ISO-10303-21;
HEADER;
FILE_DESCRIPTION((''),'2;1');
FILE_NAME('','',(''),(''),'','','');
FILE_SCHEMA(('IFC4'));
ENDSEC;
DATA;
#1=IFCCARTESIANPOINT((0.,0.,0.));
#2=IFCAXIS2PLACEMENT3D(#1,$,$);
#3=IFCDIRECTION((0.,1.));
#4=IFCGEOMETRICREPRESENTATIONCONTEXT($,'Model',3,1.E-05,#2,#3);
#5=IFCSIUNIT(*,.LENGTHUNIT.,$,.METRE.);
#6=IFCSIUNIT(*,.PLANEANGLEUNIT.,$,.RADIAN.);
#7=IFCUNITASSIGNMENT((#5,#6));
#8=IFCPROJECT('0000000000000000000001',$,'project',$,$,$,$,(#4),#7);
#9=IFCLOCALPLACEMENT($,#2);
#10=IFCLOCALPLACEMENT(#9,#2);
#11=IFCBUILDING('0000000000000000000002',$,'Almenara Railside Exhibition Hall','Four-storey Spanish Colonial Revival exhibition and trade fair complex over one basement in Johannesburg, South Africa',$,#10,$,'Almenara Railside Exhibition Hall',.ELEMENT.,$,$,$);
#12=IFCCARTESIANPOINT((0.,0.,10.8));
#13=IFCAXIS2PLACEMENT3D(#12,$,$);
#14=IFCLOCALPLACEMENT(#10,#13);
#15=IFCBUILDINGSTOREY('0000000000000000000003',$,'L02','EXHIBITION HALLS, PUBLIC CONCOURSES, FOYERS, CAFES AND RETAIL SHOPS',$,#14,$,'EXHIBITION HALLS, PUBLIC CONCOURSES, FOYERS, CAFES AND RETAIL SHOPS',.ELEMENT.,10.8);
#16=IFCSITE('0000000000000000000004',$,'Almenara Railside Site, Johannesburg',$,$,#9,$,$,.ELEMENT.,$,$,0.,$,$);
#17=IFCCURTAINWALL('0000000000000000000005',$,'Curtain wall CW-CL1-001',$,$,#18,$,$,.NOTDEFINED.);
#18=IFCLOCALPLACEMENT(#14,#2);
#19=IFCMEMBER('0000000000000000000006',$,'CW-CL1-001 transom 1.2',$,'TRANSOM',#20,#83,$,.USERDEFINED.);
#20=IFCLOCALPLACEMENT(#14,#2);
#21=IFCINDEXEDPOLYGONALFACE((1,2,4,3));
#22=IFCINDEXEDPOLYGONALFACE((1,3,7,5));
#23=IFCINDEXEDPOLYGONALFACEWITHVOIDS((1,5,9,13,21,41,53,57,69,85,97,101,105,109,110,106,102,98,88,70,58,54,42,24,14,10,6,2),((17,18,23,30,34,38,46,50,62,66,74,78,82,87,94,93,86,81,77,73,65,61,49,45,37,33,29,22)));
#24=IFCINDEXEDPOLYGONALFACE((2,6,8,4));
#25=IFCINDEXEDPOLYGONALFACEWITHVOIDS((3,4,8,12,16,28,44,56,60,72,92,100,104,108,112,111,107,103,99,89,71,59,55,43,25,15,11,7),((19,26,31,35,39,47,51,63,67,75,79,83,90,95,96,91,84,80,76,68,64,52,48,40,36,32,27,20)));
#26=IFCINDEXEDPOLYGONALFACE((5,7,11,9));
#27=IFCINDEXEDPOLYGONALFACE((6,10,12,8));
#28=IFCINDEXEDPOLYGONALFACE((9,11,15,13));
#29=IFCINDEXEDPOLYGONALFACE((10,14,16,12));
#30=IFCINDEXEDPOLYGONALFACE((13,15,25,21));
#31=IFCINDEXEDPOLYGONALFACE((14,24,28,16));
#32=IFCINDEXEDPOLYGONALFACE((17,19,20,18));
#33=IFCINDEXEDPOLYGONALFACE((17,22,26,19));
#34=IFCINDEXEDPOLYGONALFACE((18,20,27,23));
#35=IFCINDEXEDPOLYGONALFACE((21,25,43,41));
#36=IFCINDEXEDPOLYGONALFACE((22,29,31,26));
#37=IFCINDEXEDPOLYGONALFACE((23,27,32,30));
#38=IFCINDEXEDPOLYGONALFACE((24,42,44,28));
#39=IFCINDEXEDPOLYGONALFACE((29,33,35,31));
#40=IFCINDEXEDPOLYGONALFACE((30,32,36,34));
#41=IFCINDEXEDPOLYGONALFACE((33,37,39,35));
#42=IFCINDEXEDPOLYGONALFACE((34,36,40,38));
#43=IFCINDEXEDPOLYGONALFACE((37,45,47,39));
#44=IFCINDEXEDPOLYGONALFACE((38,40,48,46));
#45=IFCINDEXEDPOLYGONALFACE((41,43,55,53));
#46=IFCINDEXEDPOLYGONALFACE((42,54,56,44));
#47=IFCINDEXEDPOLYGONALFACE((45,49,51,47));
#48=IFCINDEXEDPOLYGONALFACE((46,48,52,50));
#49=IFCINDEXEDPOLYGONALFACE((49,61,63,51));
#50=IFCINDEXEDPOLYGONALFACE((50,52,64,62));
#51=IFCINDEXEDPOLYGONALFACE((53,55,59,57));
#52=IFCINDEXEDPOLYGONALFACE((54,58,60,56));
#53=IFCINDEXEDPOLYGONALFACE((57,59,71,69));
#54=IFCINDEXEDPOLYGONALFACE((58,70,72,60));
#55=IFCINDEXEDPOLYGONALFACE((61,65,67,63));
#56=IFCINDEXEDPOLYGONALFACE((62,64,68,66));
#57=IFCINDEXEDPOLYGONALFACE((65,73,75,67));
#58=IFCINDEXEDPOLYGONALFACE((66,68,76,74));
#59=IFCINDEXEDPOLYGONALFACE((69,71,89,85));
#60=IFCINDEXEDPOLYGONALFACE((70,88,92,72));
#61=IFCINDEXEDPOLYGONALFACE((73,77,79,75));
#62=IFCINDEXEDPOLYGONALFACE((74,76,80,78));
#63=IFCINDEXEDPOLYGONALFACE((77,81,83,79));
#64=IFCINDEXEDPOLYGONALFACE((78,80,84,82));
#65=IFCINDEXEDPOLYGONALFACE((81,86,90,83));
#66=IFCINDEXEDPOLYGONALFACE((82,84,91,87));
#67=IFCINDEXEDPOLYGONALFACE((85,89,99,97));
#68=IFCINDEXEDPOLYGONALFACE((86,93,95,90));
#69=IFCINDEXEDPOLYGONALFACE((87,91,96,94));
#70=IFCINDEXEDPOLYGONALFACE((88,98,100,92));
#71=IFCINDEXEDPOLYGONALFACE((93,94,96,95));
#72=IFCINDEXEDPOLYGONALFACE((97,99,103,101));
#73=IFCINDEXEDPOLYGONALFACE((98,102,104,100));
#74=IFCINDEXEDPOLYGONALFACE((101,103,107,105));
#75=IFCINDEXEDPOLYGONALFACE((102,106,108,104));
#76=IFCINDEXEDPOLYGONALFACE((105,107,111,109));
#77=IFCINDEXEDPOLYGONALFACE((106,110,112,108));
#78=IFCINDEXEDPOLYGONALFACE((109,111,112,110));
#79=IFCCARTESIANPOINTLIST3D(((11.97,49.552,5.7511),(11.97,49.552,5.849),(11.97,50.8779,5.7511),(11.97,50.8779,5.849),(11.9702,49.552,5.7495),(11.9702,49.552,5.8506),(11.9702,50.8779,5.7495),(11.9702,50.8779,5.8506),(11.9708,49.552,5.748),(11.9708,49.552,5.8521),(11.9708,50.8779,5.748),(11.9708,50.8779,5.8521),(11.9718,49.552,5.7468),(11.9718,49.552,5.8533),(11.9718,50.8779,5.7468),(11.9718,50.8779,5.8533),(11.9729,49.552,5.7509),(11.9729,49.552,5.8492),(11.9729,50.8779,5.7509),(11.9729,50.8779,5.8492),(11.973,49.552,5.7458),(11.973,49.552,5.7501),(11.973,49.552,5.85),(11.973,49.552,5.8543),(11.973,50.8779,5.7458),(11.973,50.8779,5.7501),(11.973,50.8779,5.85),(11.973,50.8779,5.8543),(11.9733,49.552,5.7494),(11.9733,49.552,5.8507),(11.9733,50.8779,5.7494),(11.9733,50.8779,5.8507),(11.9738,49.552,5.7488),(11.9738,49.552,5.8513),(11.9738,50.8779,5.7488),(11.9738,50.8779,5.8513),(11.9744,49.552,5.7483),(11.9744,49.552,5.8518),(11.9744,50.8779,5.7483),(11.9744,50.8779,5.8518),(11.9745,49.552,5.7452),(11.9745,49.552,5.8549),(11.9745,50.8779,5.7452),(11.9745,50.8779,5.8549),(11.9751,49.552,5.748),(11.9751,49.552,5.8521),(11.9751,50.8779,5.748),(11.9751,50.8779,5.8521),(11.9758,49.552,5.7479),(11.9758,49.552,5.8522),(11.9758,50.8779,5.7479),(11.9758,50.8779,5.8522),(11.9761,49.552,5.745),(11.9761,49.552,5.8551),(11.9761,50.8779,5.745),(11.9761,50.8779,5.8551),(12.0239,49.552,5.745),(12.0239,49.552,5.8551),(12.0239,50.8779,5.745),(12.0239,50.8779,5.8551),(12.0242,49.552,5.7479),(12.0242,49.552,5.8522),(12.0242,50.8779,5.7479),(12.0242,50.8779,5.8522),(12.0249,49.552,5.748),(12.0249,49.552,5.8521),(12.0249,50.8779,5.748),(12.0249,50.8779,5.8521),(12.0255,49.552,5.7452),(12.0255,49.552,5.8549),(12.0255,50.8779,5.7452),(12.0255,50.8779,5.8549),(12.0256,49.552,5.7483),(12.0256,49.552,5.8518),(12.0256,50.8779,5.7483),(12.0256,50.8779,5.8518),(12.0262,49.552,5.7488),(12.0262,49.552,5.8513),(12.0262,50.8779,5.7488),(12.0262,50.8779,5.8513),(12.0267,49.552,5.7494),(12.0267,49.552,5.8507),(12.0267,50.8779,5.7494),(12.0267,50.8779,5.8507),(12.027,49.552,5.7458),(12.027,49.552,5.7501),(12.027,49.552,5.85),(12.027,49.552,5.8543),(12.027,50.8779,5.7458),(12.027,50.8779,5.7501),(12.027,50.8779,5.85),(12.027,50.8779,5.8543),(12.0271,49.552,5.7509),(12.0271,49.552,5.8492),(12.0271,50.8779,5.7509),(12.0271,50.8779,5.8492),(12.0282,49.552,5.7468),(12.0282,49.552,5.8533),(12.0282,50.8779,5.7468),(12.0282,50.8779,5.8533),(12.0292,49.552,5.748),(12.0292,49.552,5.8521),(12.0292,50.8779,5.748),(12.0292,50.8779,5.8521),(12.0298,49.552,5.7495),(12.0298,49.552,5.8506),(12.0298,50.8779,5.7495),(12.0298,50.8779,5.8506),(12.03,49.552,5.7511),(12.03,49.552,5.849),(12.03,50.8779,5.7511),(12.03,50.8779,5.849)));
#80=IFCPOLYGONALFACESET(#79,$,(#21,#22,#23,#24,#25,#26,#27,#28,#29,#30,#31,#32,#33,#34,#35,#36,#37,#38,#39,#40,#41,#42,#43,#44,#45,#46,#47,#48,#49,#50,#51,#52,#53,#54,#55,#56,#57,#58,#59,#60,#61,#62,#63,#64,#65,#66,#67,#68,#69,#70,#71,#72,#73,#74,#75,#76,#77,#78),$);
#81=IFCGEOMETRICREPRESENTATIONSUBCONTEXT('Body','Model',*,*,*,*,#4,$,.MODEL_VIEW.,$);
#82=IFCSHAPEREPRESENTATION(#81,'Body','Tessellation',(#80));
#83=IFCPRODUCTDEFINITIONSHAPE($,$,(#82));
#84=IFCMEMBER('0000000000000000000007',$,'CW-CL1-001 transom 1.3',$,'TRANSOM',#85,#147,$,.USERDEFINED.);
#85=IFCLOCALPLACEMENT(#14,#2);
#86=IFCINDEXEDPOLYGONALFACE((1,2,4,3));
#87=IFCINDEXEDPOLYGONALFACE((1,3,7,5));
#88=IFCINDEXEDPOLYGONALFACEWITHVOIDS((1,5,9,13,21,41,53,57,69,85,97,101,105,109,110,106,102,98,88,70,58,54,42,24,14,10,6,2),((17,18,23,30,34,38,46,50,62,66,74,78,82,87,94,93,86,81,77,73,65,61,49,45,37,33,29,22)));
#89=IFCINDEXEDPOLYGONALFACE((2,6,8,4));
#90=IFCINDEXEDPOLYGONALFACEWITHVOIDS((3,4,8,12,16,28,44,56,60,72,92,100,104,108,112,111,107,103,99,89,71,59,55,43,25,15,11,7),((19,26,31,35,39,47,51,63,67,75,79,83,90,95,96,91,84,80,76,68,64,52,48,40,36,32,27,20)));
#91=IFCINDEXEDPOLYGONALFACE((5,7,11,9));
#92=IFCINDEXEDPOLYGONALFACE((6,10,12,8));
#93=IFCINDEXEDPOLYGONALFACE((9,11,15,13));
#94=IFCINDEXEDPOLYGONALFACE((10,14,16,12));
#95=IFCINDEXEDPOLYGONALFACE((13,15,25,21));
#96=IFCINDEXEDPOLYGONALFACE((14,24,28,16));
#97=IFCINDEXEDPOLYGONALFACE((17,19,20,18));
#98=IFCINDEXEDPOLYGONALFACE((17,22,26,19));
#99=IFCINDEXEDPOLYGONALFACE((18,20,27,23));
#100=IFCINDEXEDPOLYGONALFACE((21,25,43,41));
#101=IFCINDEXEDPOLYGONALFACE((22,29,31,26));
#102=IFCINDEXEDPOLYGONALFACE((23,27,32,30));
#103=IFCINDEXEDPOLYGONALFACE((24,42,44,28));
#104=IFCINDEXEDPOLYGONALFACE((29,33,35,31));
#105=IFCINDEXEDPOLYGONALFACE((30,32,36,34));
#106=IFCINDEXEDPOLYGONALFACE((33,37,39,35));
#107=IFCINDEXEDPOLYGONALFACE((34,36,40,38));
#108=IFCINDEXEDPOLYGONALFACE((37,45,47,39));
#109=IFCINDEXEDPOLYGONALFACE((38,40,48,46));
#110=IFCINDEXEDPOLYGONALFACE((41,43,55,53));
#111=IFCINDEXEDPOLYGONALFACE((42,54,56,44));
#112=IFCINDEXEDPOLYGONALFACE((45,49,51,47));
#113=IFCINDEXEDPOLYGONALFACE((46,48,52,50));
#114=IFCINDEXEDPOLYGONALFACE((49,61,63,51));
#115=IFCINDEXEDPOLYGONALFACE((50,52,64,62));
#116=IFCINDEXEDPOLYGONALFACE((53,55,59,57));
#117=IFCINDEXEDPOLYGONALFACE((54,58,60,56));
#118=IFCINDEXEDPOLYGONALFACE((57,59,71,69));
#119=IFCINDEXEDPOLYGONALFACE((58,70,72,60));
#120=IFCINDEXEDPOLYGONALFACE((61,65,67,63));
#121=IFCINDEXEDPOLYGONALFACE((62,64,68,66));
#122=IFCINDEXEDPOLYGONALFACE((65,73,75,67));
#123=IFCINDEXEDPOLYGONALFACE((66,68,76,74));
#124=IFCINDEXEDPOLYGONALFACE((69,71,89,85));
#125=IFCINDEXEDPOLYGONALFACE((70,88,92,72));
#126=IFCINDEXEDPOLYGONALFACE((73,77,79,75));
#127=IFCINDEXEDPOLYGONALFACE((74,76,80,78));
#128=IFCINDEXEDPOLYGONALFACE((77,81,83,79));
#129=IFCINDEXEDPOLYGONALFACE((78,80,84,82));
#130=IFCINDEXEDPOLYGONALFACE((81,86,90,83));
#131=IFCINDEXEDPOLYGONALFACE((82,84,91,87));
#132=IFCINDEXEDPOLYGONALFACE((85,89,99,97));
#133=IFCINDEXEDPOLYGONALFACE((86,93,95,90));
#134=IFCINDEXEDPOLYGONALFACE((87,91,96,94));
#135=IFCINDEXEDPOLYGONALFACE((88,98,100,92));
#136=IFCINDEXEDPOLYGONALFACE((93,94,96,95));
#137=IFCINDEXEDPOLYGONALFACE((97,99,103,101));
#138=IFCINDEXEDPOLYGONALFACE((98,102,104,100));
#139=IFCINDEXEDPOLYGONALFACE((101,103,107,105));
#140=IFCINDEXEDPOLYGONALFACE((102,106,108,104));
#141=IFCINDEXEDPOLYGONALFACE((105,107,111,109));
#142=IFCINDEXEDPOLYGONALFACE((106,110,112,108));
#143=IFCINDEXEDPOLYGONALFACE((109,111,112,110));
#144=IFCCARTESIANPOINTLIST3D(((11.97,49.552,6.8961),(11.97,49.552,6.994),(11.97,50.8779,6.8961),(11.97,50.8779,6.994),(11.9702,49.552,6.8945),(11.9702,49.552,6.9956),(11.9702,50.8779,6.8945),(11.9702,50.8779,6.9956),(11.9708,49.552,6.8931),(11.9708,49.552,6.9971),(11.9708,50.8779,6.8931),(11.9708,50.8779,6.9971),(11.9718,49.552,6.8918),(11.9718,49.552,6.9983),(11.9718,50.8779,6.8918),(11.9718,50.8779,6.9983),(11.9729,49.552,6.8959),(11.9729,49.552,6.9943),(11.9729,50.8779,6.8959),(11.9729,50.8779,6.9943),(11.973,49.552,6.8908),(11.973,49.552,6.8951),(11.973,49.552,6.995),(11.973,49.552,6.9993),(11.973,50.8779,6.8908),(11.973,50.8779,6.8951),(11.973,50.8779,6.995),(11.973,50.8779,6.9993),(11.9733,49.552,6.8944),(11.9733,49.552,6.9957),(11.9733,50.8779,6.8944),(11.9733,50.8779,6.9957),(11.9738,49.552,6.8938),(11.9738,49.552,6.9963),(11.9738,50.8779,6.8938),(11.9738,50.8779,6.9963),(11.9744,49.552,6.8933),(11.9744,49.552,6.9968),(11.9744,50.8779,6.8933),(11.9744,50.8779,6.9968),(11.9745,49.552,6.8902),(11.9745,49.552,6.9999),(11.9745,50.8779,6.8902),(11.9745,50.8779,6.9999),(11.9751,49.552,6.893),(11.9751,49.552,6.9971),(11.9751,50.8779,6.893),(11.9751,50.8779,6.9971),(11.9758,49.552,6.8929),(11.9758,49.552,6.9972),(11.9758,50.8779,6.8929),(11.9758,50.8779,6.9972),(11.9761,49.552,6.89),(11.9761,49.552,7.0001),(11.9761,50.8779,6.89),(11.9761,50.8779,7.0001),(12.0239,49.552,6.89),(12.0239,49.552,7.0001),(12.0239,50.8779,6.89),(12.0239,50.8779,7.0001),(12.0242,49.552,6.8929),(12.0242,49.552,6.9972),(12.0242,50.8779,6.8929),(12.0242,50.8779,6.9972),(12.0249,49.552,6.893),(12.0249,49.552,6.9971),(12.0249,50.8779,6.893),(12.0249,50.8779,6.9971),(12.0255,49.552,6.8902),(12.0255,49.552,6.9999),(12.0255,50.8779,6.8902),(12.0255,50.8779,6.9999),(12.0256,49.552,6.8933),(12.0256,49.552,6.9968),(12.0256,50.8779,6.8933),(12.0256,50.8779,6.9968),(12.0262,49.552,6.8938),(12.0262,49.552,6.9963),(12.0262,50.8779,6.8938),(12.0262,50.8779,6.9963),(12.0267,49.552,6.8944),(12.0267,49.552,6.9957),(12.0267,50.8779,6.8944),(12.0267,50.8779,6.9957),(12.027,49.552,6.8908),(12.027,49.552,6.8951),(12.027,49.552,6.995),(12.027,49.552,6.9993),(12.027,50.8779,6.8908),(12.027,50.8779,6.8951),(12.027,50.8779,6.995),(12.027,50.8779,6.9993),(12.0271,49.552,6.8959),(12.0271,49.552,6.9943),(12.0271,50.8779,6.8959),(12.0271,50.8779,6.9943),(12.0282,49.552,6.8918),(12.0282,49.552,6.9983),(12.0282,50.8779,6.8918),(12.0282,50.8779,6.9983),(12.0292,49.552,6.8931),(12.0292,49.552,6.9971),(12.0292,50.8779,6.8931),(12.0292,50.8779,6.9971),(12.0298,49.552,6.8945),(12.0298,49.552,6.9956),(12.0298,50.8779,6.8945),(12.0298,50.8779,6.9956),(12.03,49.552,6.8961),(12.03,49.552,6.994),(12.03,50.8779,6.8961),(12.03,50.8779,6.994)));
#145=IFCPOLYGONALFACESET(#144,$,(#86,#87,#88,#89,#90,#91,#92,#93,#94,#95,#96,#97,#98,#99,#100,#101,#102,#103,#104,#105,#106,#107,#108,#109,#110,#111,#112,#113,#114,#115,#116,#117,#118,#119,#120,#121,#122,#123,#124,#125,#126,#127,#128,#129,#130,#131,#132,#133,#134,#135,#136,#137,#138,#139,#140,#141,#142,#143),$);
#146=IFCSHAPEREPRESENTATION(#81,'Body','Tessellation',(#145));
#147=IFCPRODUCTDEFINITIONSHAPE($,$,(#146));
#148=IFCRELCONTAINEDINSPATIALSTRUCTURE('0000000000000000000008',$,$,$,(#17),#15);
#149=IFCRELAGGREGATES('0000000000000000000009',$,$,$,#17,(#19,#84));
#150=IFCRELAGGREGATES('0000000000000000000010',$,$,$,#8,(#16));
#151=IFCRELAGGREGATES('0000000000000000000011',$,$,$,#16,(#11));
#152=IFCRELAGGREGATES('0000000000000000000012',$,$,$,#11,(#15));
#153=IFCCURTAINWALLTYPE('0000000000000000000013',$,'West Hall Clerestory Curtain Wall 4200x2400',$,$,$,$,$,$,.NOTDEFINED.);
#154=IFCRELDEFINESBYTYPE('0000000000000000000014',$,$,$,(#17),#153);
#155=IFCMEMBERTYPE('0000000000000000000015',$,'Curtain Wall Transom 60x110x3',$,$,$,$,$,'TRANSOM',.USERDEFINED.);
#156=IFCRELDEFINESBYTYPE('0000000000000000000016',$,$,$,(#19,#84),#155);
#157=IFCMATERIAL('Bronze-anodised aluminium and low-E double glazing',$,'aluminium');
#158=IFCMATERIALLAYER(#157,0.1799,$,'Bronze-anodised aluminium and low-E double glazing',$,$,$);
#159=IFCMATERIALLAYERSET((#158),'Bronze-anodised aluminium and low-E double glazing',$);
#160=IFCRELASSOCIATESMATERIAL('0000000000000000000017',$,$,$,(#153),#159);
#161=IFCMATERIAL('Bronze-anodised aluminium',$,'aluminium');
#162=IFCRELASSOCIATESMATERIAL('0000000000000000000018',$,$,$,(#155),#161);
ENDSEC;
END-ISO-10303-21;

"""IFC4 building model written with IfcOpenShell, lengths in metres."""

from ifc_helpers import new_model, si_unit, direction, frame, origin, origin_2d, place, context, subcontext, project, spatial, hollow_rectangle, extrude, material, layer, layer_set, material_profile, profile_set, type_object, element, aggregate, save


model = new_model("IFC4")

# Units and contexts
model_context = context("Model", 3, precision=1e-05, world=origin(), true_north=direction((0.0, 1.0)))
body_context = subcontext(model_context, "Body", "Model", "MODEL_VIEW")
ifc_project = project(units=[si_unit("LENGTHUNIT", "METRE"), si_unit("PLANEANGLEUNIT", "RADIAN")], contexts=[model_context])

# Site, building, storey
site_placement = place(None, origin())
site = spatial("IfcSite", under=ifc_project, at=site_placement, Name="Almenara Railside Site, Johannesburg", CompositionType="ELEMENT", RefElevation=0.0)
building_placement = place(site_placement, origin())
building = spatial("IfcBuilding", under=site, at=building_placement, Name="Almenara Railside Exhibition Hall", Description="Four-storey Spanish Colonial Revival exhibition and trade fair complex over one basement in Johannesburg, South Africa", LongName="Almenara Railside Exhibition Hall", CompositionType="ELEMENT")
storey_placement = place(building_placement, frame((0.0, 0.0, 10.8)))
storey = spatial("IfcBuildingStorey", under=building, at=storey_placement, Name="L02", Description="EXHIBITION HALLS, PUBLIC CONCOURSES, FOYERS, CAFES AND RETAIL SHOPS", LongName="EXHIBITION HALLS, PUBLIC CONCOURSES, FOYERS, CAFES AND RETAIL SHOPS", CompositionType="ELEMENT", Elevation=10.8)

# Curtain wall
ifc_material_1 = material(Name="Bronze-anodised aluminium and low-E double glazing", Category="aluminium")
ifc_layer_1 = layer(ifc_material_1, 0.1799, Name="Bronze-anodised aluminium and low-E double glazing")
ifc_layer_set_1 = layer_set([ifc_layer_1], Name="Bronze-anodised aluminium and low-E double glazing")
curtain_wall_type = type_object("IfcCurtainWallType", Name="West Hall Clerestory Curtain Wall 4200x2400", PredefinedType="NOTDEFINED", material=ifc_layer_set_1)
ifc_material_2 = material(Name="Bronze-anodised aluminium", Category="aluminium")
curtain_wall_1_placement = place(storey_placement, origin())
curtain_wall_1 = element("IfcCurtainWall", 1, at=curtain_wall_1_placement, inside=storey, type_object=curtain_wall_type, Name="Curtain wall CW-CL1-001", PredefinedType="NOTDEFINED")

# Members
ifc_material_profile_1 = material_profile(ifc_material_2, hollow_rectangle(XDim=0.0601, YDim=0.1101, WallThickness=0.0029, InnerFilletRadius=0.0029, OuterFilletRadius=0.0061, at=origin_2d()), Name="ALU-TRN 60x110x3")
ifc_profile_set_1 = profile_set([ifc_material_profile_1], Name="Bronze-anodised aluminium")
member_type_1 = type_object("IfcMemberType", Name="Curtain Wall Transom 60x110x3", ElementType="TRANSOM", PredefinedType="USERDEFINED", material=ifc_profile_set_1)
member_1_placement = place(storey_placement, frame((12.0, 49.552, 5.8), z_axis=(0.0, 1.0, 0.0), x_axis=(-1.0, 0.0, 0.0)))
member_1 = element("IfcMember", 2, at=member_1_placement, type_object=member_type_1, Name="CW-CL1-001 transom 1.2", ObjectType="TRANSOM", PredefinedType="USERDEFINED", context=body_context, shape_type="SweptSolid", body=[
    extrude(hollow_rectangle(XDim=0.0601, YDim=0.1101, WallThickness=0.0029, InnerFilletRadius=0.0029, OuterFilletRadius=0.0061, at=origin_2d()), origin(), (0.0, 0.0, 1.0), 1.3259),
])
member_2_placement = place(storey_placement, frame((12.0, 49.552, 6.9451), z_axis=(0.0, 1.0, 0.0), x_axis=(-1.0, 0.0, 0.0)))
member_2 = element("IfcMember", 3, at=member_2_placement, type_object=member_type_1, Name="CW-CL1-001 transom 1.3", ObjectType="TRANSOM", PredefinedType="USERDEFINED", context=body_context, shape_type="SweptSolid", body=[
    extrude(hollow_rectangle(XDim=0.0601, YDim=0.1101, WallThickness=0.0029, InnerFilletRadius=0.0029, OuterFilletRadius=0.0061, at=origin_2d()), origin(), (0.0, 0.0, 1.0), 1.3259),
])

aggregate(curtain_wall_1, [member_1, member_2])

save(model, "model.ifc")
